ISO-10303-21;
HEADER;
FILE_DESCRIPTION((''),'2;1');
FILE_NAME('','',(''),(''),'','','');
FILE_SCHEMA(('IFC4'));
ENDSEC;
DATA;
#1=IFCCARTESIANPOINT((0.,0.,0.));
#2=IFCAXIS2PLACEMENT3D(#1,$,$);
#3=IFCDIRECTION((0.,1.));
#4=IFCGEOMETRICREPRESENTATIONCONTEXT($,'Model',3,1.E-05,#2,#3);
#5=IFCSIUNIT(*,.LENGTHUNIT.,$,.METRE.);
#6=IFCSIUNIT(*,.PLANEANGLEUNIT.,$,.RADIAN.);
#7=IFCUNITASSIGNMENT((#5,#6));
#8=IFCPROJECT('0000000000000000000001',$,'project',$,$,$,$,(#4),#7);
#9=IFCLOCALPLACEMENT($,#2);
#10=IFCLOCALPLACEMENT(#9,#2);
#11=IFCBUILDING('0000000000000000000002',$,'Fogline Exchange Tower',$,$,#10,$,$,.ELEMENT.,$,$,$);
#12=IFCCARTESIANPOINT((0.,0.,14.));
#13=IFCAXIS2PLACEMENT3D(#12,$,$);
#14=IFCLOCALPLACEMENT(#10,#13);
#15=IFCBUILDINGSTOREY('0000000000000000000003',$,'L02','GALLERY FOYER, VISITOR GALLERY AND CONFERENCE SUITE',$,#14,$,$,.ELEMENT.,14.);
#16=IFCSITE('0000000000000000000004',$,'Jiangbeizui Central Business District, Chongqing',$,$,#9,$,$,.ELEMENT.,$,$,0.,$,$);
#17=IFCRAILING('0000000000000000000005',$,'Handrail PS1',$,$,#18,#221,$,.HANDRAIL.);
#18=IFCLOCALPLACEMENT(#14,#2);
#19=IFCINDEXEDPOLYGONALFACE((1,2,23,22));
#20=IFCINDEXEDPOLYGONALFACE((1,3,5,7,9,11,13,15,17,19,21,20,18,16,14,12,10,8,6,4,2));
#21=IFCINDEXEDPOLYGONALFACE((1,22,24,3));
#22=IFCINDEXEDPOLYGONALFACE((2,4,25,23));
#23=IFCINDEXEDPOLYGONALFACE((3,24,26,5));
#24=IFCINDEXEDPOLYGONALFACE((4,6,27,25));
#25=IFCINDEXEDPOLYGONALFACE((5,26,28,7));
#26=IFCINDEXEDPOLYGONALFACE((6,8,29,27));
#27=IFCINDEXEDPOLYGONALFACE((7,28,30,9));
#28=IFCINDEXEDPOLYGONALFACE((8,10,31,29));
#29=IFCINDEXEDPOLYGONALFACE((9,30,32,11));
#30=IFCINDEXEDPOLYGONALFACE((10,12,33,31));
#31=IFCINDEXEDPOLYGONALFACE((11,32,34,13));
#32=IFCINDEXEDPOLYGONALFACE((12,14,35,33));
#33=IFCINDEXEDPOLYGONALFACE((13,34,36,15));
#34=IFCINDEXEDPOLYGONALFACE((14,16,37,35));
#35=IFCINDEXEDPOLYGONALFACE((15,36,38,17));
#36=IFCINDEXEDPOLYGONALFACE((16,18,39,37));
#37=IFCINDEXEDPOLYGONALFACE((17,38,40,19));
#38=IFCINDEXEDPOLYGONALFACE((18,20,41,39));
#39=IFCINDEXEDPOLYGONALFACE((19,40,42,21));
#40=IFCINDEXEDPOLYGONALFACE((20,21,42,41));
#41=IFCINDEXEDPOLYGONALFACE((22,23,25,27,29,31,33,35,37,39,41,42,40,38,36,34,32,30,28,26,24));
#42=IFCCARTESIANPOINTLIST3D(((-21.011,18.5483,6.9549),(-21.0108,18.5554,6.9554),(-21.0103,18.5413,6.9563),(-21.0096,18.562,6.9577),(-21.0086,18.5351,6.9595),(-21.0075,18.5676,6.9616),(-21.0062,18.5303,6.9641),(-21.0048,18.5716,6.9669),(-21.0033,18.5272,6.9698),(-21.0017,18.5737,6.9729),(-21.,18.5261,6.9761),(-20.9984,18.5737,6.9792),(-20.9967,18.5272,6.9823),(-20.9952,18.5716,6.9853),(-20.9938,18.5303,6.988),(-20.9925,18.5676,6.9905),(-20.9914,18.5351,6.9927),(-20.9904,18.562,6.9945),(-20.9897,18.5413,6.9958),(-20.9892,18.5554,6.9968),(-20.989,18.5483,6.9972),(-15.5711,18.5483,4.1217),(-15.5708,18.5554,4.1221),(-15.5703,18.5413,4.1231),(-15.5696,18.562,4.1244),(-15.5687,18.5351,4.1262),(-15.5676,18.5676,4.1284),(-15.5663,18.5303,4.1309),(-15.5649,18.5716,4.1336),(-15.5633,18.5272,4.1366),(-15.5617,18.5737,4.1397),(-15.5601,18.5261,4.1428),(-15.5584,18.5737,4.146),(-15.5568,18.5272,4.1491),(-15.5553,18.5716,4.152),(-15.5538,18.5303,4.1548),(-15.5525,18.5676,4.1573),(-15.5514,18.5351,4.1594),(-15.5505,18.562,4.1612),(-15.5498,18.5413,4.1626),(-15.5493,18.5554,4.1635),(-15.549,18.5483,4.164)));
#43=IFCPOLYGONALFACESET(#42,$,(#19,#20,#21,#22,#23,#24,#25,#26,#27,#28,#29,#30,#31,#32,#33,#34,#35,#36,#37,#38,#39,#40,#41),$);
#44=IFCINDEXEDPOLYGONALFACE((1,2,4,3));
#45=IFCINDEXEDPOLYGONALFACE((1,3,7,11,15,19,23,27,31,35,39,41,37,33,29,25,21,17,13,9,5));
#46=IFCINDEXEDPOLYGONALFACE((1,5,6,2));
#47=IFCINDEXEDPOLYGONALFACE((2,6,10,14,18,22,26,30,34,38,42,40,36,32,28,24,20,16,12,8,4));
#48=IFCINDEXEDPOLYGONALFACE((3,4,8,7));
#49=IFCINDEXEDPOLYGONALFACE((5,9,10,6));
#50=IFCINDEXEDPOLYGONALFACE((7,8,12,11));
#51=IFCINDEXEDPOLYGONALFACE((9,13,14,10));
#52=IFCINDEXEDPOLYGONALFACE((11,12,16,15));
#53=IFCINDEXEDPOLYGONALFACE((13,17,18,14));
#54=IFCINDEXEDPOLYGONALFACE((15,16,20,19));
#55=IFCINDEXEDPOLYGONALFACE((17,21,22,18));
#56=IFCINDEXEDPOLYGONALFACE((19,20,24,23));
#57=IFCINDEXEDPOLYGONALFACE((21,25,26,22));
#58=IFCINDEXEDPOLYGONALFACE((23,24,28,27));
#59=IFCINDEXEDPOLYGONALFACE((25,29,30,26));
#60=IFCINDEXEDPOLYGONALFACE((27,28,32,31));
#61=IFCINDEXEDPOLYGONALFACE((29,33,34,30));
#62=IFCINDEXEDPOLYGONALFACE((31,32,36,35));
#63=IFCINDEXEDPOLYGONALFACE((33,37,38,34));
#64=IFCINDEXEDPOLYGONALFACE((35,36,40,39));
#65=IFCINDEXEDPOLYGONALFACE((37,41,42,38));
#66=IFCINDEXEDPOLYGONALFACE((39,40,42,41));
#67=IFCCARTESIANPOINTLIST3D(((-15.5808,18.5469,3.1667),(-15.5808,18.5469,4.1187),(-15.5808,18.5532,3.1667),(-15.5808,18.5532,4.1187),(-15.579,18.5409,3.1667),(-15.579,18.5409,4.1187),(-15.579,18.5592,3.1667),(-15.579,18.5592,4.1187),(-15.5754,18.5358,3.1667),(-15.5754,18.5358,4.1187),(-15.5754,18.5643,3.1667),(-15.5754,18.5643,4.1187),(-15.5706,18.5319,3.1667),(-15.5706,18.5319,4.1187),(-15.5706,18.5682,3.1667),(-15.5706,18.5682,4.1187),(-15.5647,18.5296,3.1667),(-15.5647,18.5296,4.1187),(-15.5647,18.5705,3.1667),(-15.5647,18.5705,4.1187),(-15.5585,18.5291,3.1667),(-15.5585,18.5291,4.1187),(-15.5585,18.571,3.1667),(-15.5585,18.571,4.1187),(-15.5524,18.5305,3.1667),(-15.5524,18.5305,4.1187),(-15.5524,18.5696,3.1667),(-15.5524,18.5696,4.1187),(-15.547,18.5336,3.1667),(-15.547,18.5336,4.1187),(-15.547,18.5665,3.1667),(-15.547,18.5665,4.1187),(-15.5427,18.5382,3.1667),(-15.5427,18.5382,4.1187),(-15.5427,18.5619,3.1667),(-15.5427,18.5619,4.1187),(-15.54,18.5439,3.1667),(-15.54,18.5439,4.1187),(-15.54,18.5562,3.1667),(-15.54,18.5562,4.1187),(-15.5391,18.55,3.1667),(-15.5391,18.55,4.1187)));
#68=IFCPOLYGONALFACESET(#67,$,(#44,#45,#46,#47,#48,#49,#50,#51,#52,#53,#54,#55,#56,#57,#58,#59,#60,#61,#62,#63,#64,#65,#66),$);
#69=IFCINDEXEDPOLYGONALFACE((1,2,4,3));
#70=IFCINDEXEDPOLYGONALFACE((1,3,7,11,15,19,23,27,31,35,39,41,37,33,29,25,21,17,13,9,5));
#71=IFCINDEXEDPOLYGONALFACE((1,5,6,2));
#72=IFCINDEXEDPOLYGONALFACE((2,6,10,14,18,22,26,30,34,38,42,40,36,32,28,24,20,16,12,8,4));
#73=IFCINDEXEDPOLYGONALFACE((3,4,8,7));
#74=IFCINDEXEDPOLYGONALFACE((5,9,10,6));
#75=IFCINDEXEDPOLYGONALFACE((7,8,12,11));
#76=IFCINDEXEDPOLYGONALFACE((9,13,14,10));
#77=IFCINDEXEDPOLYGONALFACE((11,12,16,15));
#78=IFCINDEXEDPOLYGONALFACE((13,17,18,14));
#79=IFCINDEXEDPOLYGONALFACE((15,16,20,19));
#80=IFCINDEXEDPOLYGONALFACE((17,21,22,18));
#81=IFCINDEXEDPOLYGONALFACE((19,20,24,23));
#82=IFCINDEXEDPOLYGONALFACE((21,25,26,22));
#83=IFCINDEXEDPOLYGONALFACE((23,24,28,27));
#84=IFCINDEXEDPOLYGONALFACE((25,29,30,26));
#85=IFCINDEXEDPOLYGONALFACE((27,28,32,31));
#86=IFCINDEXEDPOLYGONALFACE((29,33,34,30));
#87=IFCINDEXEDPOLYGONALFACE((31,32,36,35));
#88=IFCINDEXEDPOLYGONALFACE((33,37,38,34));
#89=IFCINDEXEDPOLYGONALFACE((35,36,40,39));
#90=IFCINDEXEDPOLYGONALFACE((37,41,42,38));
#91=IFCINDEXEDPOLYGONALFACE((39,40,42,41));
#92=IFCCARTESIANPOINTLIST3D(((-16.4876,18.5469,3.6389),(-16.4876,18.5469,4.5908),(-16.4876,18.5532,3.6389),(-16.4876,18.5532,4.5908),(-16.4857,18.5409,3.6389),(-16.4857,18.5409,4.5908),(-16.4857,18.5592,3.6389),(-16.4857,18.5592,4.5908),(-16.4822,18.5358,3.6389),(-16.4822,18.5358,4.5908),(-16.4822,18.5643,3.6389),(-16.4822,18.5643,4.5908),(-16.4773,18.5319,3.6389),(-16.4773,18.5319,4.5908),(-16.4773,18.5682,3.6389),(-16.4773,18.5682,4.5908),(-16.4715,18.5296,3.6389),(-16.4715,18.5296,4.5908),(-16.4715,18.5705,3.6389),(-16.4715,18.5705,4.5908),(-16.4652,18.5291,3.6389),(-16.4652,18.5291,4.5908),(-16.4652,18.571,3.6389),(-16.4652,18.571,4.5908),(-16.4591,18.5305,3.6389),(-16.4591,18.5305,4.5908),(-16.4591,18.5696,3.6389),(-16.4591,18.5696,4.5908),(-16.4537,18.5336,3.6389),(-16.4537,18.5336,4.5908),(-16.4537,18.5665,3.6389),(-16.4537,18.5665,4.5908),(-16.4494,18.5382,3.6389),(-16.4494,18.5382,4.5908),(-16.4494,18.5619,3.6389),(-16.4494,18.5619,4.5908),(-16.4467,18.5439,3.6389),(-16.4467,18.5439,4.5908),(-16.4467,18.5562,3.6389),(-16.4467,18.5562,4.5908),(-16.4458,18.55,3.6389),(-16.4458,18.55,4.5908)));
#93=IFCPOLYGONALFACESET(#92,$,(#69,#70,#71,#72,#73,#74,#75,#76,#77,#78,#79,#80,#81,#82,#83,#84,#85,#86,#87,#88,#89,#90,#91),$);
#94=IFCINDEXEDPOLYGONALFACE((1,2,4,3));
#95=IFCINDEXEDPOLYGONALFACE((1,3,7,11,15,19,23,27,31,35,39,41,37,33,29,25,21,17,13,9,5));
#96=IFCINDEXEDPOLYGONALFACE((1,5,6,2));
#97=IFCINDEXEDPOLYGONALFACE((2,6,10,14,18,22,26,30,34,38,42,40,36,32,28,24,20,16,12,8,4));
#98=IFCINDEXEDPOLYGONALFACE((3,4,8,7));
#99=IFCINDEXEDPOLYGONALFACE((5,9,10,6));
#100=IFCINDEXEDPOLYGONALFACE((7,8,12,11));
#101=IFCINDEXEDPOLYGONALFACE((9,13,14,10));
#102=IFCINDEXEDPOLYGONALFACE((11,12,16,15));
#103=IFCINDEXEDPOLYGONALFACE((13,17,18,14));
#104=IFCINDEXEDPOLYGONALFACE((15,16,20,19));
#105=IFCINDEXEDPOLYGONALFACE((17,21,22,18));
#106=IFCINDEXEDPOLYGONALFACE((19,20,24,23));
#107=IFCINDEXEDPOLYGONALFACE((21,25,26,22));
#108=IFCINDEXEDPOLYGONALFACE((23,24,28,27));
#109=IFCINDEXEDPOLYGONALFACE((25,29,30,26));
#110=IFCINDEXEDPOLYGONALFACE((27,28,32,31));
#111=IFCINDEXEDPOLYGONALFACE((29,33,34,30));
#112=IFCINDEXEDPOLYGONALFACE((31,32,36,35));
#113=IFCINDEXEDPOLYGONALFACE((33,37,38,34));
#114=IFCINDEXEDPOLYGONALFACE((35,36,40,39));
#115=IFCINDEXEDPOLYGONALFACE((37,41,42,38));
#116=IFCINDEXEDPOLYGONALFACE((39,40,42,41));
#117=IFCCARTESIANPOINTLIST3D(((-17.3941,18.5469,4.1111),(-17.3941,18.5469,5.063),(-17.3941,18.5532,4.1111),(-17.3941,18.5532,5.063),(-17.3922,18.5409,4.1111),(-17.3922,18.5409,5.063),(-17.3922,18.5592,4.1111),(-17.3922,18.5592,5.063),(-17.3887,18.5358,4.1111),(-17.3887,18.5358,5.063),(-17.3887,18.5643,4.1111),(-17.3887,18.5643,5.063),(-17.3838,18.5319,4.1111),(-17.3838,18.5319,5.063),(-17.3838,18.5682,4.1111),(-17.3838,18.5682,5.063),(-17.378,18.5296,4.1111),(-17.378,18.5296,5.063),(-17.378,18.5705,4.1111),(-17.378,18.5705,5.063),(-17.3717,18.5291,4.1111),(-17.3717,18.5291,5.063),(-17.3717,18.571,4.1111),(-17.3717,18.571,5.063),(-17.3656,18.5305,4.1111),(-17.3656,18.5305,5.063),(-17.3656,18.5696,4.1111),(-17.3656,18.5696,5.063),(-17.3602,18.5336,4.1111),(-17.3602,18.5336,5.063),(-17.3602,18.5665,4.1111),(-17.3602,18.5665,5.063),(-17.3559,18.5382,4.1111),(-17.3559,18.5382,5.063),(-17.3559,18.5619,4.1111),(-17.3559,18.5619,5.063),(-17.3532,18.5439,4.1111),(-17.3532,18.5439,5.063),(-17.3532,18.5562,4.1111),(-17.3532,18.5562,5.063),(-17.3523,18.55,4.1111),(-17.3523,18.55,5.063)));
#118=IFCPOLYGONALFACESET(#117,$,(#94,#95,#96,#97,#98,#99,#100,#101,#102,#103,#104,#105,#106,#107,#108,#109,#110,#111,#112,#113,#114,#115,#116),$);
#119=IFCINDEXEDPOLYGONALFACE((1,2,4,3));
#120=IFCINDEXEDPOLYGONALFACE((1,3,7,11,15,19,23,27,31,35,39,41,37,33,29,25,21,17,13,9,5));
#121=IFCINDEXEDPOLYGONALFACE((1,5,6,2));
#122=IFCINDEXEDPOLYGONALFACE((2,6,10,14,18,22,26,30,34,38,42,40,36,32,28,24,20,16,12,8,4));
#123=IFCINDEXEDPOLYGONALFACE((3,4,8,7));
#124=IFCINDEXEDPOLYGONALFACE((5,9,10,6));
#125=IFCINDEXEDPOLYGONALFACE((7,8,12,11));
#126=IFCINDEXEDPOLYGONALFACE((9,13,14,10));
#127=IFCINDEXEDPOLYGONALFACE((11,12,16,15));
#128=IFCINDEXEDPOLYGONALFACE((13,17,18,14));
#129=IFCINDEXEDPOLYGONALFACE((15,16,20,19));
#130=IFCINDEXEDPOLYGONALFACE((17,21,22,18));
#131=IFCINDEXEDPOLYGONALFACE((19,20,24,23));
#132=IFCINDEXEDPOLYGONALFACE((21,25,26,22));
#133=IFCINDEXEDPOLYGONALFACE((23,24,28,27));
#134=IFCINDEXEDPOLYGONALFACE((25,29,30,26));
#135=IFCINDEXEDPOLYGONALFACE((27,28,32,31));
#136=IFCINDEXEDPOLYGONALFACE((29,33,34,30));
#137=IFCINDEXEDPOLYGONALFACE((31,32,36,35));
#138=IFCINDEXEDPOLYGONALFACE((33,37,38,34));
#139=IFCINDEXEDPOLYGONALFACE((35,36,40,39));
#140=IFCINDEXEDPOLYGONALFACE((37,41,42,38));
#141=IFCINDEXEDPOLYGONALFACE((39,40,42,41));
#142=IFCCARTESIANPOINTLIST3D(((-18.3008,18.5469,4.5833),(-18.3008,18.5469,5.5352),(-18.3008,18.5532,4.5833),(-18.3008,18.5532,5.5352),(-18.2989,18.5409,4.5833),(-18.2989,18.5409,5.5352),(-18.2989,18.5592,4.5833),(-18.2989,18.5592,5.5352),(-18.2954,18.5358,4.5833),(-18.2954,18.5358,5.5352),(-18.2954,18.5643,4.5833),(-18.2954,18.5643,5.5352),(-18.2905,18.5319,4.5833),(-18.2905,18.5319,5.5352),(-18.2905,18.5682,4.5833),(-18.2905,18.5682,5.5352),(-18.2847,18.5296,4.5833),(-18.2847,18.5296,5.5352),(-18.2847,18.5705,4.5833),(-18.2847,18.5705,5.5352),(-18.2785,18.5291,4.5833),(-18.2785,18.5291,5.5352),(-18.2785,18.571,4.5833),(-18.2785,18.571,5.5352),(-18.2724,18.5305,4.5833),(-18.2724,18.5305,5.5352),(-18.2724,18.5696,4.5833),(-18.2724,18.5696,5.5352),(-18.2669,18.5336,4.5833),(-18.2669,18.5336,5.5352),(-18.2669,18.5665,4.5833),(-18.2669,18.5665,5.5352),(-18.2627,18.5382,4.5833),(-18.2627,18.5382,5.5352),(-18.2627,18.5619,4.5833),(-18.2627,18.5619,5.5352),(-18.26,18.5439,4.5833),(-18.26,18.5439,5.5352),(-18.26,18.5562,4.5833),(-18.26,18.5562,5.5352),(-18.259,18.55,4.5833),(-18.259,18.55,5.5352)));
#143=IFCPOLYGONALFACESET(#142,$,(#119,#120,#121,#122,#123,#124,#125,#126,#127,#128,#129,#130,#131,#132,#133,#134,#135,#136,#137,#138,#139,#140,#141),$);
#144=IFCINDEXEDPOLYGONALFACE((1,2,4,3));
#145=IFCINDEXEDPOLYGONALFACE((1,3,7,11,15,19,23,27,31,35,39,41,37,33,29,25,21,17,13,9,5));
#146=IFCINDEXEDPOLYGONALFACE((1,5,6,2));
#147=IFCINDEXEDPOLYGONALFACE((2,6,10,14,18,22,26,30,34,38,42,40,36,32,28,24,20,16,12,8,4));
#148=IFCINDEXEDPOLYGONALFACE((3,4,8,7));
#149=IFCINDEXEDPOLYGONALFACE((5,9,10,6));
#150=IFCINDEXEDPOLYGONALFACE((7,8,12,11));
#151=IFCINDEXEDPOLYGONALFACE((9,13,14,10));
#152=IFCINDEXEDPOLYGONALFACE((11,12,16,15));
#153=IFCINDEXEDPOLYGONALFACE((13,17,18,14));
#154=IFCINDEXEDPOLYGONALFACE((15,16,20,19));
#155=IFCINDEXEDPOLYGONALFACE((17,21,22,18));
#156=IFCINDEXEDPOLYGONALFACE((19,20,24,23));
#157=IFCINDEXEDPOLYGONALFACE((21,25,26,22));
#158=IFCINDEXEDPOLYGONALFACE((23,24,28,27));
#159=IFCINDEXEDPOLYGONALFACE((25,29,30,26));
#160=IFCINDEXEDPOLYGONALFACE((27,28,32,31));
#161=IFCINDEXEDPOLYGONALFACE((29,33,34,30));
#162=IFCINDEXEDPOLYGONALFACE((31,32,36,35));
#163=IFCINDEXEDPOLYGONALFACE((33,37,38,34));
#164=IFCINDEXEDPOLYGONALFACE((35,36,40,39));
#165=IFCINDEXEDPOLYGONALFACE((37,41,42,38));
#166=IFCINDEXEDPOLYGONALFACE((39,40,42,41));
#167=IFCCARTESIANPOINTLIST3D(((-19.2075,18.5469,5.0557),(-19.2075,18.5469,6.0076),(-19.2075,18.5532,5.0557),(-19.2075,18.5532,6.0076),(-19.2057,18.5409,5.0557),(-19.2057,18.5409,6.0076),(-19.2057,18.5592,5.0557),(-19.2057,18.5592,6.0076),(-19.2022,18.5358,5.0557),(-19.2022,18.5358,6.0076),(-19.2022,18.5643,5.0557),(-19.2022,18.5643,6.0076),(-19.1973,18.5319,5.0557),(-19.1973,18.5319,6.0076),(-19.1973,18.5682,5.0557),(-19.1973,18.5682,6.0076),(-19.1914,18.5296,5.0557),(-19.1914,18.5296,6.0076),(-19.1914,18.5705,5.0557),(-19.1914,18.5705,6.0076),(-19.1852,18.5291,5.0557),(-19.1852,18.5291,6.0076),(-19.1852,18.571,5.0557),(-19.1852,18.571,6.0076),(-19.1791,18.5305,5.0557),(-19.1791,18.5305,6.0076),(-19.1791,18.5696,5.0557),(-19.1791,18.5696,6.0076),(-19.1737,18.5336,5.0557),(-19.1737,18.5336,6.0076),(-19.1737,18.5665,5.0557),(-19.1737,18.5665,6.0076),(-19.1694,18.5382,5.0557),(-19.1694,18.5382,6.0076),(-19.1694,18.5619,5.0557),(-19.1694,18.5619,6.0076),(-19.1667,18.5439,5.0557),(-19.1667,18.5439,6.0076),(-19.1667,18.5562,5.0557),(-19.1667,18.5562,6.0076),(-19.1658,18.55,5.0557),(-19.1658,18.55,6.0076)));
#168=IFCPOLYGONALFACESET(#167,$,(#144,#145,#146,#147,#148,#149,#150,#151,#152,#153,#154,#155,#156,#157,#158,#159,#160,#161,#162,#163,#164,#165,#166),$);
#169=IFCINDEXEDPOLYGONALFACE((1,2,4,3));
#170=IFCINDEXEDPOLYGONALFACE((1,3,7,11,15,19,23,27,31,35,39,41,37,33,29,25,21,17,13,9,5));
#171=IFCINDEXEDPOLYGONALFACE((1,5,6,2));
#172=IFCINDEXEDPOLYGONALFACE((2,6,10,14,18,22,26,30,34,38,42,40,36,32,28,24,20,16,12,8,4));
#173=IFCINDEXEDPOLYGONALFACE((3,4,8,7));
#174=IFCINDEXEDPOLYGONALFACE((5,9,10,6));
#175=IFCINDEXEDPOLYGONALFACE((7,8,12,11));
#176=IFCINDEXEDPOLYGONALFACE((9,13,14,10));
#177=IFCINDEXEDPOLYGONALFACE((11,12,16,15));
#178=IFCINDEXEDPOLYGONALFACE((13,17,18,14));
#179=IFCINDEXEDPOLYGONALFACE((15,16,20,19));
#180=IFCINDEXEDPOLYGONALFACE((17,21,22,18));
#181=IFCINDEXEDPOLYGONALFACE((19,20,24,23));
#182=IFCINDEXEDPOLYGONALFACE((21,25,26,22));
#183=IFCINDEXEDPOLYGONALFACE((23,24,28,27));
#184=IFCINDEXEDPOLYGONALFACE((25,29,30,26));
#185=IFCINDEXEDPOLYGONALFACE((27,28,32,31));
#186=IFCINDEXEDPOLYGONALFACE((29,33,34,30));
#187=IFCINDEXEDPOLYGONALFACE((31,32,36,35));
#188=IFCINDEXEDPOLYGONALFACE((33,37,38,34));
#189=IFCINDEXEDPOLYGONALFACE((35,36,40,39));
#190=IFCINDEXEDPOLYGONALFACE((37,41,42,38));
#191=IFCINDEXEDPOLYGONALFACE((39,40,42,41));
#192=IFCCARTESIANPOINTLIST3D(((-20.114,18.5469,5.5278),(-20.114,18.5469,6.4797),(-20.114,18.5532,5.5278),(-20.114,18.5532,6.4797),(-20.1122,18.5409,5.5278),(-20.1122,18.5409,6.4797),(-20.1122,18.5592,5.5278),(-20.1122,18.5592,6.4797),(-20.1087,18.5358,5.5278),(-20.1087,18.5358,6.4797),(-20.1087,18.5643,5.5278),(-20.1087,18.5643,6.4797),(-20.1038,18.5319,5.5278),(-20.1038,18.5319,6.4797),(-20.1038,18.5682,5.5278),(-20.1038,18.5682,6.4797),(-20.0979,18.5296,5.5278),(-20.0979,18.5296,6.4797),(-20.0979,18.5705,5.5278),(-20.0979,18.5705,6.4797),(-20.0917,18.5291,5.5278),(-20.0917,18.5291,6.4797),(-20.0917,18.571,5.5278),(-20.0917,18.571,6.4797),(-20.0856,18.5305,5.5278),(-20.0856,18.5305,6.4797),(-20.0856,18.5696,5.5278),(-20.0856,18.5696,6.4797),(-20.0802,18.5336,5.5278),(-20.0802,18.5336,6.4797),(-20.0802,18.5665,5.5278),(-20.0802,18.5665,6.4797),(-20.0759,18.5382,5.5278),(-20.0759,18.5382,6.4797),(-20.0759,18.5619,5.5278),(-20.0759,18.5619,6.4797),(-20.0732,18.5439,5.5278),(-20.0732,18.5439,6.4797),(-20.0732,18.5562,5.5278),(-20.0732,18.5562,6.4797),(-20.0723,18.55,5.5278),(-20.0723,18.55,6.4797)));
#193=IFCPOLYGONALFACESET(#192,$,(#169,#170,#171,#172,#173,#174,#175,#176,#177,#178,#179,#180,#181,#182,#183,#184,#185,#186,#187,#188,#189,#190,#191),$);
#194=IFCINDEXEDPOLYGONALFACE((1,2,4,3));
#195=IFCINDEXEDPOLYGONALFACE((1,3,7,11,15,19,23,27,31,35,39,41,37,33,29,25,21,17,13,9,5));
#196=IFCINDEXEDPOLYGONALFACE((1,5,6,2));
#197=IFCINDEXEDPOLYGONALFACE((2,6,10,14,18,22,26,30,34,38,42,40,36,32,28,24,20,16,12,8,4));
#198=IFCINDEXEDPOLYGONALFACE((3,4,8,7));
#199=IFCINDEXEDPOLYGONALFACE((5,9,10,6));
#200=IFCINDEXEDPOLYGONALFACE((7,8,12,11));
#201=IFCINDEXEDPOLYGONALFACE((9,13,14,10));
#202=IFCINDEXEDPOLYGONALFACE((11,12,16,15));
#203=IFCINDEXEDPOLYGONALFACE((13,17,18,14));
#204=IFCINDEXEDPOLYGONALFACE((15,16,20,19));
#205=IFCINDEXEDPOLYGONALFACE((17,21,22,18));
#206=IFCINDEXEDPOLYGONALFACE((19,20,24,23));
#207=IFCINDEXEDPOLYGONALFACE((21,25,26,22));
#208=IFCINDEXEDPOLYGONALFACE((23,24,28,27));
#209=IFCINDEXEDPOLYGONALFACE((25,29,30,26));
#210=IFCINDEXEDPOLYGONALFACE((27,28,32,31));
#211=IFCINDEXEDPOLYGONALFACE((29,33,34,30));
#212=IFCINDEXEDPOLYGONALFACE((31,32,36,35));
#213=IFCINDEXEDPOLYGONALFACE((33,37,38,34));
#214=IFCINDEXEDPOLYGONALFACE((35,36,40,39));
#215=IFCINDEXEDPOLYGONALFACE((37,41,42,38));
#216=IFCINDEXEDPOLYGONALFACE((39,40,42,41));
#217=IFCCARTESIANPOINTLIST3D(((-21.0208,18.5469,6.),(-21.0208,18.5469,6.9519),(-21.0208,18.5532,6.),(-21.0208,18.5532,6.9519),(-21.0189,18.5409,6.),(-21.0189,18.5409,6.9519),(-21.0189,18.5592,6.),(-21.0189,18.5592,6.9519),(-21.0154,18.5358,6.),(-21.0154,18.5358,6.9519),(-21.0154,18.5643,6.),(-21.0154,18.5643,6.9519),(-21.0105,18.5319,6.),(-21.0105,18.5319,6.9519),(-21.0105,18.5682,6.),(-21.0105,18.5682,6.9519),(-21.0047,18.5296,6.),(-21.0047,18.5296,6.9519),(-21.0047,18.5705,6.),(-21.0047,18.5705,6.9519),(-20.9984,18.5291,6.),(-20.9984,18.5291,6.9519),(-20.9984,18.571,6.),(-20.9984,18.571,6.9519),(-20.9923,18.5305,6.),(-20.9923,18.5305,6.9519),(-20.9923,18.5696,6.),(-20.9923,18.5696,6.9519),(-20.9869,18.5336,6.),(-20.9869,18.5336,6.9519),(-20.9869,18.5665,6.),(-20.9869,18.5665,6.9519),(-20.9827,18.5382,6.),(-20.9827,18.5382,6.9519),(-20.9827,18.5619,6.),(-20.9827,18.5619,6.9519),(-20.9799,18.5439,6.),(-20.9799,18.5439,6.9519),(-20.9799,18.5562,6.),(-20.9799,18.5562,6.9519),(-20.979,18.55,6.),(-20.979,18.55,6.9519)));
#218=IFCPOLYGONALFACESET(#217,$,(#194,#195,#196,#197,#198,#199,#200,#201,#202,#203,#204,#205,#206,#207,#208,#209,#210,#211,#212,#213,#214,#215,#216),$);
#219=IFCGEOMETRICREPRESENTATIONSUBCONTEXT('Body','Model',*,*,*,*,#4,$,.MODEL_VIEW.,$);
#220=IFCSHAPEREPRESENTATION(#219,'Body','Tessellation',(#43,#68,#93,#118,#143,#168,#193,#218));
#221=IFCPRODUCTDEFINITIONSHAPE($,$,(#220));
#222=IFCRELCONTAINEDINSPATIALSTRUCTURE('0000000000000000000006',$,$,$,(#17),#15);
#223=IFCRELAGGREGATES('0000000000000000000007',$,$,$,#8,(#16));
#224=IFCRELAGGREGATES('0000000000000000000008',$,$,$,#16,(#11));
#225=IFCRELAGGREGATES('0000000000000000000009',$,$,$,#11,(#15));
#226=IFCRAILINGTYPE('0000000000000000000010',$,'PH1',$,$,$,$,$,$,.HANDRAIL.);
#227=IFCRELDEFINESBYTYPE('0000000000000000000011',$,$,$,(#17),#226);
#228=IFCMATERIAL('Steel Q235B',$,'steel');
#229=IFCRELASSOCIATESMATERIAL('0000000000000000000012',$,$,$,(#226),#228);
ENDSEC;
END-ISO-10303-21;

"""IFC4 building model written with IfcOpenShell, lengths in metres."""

from ifc_helpers import new_model, si_unit, direction, frame, origin, origin_2d, place, context, subcontext, project, spatial, circle, extrude, material, type_object, element, save


model = new_model("IFC4")

# Units and contexts
model_context = context("Model", 3, precision=1e-05, world=origin(), true_north=direction((0.0, 1.0)))
body_context = subcontext(model_context, "Body", "Model", "MODEL_VIEW")
ifc_project = project(units=[si_unit("LENGTHUNIT", "METRE"), si_unit("PLANEANGLEUNIT", "RADIAN")], contexts=[model_context])

# Site, building, storey
site_placement = place(None, origin())
site = spatial("IfcSite", under=ifc_project, at=site_placement, Name="Jiangbeizui Central Business District, Chongqing", CompositionType="ELEMENT", RefElevation=0.0)
building_placement = place(site_placement, origin())
building = spatial("IfcBuilding", under=site, at=building_placement, Name="Fogline Exchange Tower", CompositionType="ELEMENT")
storey_placement = place(building_placement, frame((0.0, 0.0, 14.0)))
storey = spatial("IfcBuildingStorey", under=building, at=storey_placement, Name="L02", Description="GALLERY FOYER, VISITOR GALLERY AND CONFERENCE SUITE", CompositionType="ELEMENT", Elevation=14.0)

# Shared definitions
ifc_material_1 = material(Name="Steel Q235B", Category="steel")

# Railing
railing_type_1 = type_object("IfcRailingType", Name="PH1", PredefinedType="HANDRAIL", material=ifc_material_1)
railing_1_placement = place(storey_placement, frame((-15.5601, 18.55, 3.1667)))
element("IfcRailing", 1, at=railing_1_placement, inside=storey, type_object=railing_type_1, Name="Handrail PS1", PredefinedType="HANDRAIL", context=body_context, shape_type="SweptSolid", body=[
    extrude(circle(Radius=0.0239, at=origin_2d()), frame((0.0, 0.0, 0.9761), z_axis=(-0.886917, 0.0, 0.461928), x_axis=(0.0, -1.0, 0.0)), (0.0, 0.0, 1.0), 6.1335),
    extrude(circle(Radius=0.021, at=origin_2d()), origin(), (0.0, 0.0, 1.0), 0.9519),
    extrude(circle(Radius=0.021, at=origin_2d()), frame((-0.9067, 0.0, 0.4722)), (0.0, 0.0, 1.0), 0.9519),
    extrude(circle(Radius=0.021, at=origin_2d()), frame((-1.8132, 0.0, 0.9443)), (0.0, 0.0, 1.0), 0.9519),
    extrude(circle(Radius=0.021, at=origin_2d()), frame((-2.72, 0.0, 1.4165)), (0.0, 0.0, 1.0), 0.9519),
    extrude(circle(Radius=0.021, at=origin_2d()), frame((-3.6267, 0.0, 1.8889)), (0.0, 0.0, 1.0), 0.9519),
    extrude(circle(Radius=0.021, at=origin_2d()), frame((-4.5332, 0.0, 2.3611)), (0.0, 0.0, 1.0), 0.9519),
    extrude(circle(Radius=0.021, at=origin_2d()), frame((-5.4399, 0.0, 2.8333)), (0.0, 0.0, 1.0), 0.9519),
])

save(model, "model.ifc")
